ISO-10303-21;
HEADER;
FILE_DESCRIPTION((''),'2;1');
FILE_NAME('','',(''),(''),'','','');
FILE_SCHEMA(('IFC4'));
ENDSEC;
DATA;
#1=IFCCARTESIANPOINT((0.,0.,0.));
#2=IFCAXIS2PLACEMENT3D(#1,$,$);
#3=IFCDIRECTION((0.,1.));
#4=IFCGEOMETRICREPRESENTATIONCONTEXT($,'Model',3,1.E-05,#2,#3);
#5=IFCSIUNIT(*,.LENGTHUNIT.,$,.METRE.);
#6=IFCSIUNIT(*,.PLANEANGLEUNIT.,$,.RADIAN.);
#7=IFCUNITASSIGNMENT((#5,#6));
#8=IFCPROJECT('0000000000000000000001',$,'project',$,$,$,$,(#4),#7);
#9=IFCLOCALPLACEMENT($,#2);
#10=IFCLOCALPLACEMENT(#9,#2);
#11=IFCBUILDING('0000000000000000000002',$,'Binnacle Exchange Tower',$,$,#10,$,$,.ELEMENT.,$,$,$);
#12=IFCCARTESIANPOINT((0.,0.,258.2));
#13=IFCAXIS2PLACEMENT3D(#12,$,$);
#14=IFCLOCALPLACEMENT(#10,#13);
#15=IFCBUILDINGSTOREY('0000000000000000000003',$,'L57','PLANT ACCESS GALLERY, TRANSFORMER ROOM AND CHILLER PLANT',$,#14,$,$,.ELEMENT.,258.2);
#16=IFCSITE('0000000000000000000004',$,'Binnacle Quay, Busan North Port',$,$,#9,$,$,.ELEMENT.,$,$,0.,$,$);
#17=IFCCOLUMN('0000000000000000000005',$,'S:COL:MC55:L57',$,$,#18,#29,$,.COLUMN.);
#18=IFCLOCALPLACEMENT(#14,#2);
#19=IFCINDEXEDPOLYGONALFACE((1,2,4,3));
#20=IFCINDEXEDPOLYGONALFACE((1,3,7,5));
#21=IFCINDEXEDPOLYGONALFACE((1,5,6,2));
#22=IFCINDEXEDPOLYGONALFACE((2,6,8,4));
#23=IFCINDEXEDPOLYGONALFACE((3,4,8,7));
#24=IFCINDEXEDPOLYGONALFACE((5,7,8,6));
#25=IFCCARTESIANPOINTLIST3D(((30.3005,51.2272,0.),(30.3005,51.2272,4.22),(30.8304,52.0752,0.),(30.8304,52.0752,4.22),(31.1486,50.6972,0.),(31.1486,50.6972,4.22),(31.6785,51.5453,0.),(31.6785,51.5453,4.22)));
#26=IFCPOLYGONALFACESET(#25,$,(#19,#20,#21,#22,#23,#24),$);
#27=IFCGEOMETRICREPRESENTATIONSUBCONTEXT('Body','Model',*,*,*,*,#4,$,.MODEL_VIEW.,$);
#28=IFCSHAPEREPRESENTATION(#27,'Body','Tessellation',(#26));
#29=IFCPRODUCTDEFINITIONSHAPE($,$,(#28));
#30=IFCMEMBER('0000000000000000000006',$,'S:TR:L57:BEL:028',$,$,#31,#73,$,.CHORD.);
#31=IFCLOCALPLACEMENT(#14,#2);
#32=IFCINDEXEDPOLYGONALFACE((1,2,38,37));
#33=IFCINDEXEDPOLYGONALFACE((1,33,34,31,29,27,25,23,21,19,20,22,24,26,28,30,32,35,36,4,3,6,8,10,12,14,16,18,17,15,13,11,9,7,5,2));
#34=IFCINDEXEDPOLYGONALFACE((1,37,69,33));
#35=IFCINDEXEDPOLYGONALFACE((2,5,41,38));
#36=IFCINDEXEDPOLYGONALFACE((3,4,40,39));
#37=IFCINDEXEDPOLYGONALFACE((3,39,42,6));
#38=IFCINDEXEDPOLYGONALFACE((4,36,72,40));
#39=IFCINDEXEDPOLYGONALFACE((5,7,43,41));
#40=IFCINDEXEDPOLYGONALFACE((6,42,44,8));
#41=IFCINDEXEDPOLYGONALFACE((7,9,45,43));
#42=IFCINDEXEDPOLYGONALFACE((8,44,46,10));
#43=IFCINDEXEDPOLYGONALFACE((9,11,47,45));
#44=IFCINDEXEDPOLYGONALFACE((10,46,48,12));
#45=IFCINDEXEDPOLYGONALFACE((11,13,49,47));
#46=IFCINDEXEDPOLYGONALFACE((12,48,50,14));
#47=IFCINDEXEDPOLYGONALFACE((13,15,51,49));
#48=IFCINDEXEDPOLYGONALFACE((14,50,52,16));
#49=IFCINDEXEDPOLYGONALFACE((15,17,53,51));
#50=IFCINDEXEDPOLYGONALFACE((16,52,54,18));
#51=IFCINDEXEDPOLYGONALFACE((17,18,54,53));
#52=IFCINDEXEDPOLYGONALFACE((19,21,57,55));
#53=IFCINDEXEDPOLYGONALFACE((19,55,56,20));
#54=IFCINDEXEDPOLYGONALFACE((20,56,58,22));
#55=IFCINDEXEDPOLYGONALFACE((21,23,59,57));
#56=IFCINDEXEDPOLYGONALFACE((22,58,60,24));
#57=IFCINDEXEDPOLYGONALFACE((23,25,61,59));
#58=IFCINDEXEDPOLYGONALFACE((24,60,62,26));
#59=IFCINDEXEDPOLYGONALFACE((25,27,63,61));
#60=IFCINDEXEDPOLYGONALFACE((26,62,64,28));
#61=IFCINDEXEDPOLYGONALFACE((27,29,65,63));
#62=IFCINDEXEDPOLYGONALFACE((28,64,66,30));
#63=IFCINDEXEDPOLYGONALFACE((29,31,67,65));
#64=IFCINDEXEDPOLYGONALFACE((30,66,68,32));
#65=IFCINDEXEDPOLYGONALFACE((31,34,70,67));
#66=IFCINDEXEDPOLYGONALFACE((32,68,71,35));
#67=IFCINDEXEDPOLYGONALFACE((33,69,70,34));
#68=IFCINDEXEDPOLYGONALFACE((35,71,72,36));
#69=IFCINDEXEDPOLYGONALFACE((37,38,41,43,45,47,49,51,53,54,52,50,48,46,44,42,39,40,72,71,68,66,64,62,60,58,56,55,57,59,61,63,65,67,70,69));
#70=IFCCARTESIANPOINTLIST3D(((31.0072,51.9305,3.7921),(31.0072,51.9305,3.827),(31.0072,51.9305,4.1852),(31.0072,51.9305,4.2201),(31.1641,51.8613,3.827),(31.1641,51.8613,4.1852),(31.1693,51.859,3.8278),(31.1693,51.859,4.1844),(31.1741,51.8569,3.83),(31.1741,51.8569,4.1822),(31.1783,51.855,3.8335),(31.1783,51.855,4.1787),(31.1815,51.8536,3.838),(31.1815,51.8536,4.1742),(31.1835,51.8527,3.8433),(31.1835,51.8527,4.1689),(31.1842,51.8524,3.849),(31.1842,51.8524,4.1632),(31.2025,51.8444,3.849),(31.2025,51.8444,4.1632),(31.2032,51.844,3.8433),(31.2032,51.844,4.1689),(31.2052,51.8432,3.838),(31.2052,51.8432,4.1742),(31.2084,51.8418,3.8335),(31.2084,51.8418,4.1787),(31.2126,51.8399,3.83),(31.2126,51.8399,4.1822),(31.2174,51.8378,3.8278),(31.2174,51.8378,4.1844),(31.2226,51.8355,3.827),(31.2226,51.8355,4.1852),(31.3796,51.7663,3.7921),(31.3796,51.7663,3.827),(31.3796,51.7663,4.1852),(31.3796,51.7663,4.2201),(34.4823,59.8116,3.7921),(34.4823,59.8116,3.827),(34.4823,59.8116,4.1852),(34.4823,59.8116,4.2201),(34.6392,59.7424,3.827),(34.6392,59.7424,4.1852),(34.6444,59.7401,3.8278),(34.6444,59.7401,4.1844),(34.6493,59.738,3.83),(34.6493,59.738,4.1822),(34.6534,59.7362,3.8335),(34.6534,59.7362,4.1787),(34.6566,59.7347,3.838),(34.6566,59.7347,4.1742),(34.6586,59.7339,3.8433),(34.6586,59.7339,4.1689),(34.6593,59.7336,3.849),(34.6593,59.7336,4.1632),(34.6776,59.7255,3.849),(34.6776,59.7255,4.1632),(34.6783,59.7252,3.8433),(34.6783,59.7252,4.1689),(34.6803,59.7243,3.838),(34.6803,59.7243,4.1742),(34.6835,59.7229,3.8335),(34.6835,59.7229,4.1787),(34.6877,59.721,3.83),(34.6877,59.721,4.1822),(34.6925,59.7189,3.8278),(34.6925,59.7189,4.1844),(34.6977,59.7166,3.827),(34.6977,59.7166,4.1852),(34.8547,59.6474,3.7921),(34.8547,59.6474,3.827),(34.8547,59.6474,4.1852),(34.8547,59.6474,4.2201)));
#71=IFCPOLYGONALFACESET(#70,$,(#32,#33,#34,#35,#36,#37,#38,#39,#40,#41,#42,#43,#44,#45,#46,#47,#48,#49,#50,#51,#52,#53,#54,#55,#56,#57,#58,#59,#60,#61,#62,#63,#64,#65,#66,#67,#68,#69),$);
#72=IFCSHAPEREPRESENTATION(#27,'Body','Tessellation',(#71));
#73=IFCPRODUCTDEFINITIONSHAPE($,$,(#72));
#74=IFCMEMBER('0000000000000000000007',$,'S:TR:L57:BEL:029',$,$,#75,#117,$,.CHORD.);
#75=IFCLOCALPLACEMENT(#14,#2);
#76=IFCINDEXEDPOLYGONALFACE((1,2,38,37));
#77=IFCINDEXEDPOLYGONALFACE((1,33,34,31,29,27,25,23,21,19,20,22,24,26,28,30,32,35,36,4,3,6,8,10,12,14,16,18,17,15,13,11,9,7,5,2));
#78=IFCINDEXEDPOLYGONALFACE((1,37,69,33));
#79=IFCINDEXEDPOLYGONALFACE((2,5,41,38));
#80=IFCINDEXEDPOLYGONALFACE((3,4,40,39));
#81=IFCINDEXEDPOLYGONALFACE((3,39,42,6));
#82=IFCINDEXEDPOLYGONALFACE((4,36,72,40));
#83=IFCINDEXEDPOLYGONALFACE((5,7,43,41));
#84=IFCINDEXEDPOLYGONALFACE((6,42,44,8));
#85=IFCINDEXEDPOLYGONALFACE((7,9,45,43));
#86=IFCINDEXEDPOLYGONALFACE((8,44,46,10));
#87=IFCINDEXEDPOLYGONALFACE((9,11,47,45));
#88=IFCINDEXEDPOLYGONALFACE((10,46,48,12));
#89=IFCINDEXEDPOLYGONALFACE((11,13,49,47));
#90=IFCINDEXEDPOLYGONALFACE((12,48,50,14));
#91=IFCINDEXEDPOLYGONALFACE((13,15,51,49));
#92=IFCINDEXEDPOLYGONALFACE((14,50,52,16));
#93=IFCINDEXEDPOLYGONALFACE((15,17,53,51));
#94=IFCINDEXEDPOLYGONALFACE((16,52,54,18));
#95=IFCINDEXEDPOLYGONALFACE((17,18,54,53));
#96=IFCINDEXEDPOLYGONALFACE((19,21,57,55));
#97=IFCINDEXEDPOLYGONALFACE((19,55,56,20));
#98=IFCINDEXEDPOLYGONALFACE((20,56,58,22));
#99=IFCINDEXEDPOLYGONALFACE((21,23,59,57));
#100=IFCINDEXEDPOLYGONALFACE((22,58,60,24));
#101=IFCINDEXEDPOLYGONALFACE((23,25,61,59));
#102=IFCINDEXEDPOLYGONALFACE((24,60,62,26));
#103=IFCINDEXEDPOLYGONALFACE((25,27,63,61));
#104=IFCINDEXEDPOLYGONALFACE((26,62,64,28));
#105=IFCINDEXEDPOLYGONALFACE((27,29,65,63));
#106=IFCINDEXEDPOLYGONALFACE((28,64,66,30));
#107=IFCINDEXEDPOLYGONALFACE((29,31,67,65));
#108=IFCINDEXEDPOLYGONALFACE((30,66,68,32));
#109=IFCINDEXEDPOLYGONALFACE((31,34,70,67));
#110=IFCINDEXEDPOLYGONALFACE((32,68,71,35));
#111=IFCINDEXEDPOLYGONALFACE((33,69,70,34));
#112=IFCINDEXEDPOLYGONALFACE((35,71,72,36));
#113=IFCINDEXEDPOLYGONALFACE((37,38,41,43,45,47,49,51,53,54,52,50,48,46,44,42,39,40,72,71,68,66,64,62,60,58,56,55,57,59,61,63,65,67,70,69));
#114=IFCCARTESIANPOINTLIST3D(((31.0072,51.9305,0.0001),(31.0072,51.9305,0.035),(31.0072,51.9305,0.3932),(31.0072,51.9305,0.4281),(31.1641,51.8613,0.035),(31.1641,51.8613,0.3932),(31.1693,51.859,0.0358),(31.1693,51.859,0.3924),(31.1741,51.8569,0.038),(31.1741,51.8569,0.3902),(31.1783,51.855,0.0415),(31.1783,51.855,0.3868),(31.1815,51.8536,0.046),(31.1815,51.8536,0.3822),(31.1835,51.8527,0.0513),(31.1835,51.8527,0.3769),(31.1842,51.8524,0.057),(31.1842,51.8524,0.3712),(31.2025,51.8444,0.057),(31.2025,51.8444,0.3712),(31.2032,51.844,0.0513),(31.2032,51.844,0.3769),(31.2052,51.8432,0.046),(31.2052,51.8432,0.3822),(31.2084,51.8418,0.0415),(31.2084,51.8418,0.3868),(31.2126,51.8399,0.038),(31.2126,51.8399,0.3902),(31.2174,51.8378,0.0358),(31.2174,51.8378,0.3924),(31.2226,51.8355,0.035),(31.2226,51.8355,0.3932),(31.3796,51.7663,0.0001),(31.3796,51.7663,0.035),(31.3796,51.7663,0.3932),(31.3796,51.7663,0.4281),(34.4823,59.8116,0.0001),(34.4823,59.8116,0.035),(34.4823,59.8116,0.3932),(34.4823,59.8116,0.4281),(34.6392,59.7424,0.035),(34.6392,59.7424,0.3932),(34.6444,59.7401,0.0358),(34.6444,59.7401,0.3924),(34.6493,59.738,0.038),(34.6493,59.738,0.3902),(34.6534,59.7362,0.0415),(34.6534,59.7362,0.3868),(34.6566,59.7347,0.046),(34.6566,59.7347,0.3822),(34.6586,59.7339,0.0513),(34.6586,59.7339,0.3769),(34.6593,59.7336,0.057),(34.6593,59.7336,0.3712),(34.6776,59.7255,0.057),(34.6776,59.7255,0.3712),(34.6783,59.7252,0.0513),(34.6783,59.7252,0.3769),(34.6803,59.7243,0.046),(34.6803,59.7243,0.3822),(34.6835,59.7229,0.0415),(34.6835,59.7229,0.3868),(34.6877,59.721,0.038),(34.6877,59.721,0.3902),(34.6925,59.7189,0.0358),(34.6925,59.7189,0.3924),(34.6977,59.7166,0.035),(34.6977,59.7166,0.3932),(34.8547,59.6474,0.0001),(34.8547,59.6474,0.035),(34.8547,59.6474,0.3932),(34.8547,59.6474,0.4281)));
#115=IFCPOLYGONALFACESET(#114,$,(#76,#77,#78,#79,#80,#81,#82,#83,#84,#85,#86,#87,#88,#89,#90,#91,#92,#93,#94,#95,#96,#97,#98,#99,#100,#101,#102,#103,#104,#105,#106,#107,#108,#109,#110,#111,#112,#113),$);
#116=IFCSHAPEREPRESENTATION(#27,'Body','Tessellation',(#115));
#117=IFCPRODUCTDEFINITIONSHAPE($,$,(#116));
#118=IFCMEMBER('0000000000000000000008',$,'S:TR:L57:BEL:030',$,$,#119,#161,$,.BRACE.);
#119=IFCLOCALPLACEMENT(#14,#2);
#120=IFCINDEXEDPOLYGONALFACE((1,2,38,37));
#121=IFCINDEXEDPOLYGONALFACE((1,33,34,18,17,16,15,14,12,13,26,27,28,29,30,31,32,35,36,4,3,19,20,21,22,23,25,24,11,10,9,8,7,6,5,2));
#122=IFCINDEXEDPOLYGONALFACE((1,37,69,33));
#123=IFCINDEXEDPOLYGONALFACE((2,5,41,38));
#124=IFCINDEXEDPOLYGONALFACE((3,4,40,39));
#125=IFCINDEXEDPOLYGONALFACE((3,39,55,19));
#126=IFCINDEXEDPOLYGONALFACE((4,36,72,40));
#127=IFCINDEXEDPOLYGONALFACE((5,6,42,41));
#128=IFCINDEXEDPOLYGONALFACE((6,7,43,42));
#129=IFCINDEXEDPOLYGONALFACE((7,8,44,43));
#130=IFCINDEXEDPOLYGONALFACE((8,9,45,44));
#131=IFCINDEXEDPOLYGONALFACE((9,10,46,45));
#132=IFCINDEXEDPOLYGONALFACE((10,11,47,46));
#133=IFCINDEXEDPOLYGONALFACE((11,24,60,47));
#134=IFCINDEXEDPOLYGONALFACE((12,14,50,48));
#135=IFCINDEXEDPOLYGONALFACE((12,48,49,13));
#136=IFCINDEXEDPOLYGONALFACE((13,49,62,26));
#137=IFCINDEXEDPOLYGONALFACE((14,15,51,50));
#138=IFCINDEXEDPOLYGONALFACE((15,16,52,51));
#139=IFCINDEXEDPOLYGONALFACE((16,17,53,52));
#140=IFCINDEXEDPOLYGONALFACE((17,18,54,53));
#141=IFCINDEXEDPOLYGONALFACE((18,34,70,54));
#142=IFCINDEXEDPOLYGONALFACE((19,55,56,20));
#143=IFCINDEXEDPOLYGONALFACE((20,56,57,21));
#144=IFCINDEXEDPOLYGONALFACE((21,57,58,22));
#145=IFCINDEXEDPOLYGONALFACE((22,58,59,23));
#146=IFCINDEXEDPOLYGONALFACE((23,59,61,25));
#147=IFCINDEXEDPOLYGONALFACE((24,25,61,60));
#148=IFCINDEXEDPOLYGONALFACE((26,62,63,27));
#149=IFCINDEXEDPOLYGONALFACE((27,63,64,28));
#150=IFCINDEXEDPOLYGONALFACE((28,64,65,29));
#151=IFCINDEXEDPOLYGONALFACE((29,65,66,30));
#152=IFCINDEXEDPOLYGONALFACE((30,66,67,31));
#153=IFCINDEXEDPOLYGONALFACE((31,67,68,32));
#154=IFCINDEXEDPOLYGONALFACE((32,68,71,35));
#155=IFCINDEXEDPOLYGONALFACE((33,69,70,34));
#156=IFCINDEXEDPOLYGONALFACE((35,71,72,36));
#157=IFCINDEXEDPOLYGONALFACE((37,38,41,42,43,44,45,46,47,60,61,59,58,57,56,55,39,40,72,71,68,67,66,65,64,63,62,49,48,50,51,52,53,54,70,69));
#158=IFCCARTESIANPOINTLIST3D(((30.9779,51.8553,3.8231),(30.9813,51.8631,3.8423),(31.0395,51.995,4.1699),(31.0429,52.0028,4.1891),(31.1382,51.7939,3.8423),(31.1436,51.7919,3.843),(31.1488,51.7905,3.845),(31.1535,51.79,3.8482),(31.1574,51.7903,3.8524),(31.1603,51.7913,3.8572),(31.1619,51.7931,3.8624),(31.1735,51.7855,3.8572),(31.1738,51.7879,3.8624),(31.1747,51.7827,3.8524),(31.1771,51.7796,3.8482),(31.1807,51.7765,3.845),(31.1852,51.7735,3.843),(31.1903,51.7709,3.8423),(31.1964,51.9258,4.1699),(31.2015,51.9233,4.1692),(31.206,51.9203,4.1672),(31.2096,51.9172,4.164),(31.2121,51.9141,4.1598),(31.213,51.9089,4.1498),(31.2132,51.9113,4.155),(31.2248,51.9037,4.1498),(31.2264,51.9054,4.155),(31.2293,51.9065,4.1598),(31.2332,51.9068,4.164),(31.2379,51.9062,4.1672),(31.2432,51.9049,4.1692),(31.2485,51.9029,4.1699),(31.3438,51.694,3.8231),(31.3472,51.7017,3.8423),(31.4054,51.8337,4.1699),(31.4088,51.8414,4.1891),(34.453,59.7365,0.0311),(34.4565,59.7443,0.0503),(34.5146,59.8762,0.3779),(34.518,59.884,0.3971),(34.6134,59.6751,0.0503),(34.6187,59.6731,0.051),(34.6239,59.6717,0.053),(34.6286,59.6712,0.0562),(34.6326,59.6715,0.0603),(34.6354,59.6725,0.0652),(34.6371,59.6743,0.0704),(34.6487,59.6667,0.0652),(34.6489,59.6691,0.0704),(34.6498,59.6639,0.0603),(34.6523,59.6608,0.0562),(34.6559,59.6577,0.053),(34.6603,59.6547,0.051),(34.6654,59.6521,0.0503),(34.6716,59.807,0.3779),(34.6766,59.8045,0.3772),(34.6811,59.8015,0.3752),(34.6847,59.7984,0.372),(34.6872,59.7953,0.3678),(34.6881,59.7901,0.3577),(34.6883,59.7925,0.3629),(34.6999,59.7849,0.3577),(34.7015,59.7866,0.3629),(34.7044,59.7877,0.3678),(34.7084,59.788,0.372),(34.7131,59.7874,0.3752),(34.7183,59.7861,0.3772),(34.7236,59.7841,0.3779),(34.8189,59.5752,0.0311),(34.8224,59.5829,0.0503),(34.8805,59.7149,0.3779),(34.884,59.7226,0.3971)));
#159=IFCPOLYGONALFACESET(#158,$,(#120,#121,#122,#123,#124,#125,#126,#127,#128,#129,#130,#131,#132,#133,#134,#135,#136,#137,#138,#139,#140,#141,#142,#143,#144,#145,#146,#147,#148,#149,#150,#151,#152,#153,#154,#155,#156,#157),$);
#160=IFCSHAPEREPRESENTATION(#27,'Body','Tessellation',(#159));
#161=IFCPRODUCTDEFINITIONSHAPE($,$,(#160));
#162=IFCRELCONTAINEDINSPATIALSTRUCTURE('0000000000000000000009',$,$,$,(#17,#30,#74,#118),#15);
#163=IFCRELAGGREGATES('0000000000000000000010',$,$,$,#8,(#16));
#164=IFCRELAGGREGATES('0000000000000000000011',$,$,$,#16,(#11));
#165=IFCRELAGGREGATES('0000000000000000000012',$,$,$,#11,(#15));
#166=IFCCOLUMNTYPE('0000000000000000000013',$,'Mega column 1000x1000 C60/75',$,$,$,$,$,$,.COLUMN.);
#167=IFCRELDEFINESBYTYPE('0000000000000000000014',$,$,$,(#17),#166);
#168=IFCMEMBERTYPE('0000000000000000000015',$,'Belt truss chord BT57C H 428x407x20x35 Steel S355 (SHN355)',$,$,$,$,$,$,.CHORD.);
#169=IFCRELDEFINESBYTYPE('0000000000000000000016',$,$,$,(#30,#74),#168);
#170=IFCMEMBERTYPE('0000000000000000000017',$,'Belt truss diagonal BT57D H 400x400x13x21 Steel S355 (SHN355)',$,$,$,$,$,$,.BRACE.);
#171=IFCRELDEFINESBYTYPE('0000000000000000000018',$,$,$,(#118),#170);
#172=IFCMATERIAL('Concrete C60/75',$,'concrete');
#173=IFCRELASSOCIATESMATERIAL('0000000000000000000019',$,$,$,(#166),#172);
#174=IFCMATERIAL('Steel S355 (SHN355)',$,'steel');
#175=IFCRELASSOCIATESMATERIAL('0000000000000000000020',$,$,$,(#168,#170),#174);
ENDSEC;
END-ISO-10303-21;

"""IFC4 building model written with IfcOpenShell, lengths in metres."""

from ifc_helpers import new_model, si_unit, direction, frame, origin, origin_2d, place, context, subcontext, project, spatial, rectangle, i_section, extrude, material, material_profile, profile_set, type_object, element, save


model = new_model("IFC4")

# Units and contexts
model_context = context("Model", 3, precision=1e-05, world=origin(), true_north=direction((0.0, 1.0)))
body_context = subcontext(model_context, "Body", "Model", "MODEL_VIEW")
ifc_project = project(units=[si_unit("LENGTHUNIT", "METRE"), si_unit("PLANEANGLEUNIT", "RADIAN")], contexts=[model_context])

# Site, building, storey
site_placement = place(None, origin())
site = spatial("IfcSite", under=ifc_project, at=site_placement, Name="Binnacle Quay, Busan North Port", CompositionType="ELEMENT", RefElevation=0.0)
building_placement = place(site_placement, origin())
building = spatial("IfcBuilding", under=site, at=building_placement, Name="Binnacle Exchange Tower", CompositionType="ELEMENT")
storey_placement = place(building_placement, frame((0.0, 0.0, 258.2)))
storey = spatial("IfcBuildingStorey", under=building, at=storey_placement, Name="L57", Description="PLANT ACCESS GALLERY, TRANSFORMER ROOM AND CHILLER PLANT", CompositionType="ELEMENT", Elevation=258.2)

# Column
ifc_material_1 = material(Name="Concrete C60/75", Category="concrete")
ifc_material_profile_1 = material_profile(ifc_material_1, rectangle(XDim=1.0, YDim=1.0, at=origin_2d()), Name="Mega column 1000x1000 C60/75")
ifc_profile_set_1 = profile_set([ifc_material_profile_1], Name="Concrete C60/75")
column_type = type_object("IfcColumnType", Name="Mega column 1000x1000 C60/75", PredefinedType="COLUMN", material=ifc_profile_set_1)
column_placement = place(storey_placement, frame((30.9895, 51.3862, 0.0), z_axis=(0.0, 0.0, 1.0), x_axis=(0.529919, 0.848048, 0.0)))
element("IfcColumn", 1, at=column_placement, inside=storey, type_object=column_type, Name="S:COL:MC55:L57", PredefinedType="COLUMN", context=body_context, shape_type="SweptSolid", body=[
    extrude(rectangle(XDim=1.0, YDim=1.0, at=origin_2d()), origin(), (0.0, 0.0, 1.0), 4.22),
])

# Members
ifc_material_2 = material(Name="Steel S355 (SHN355)", Category="steel")
ifc_material_profile_2 = material_profile(ifc_material_2, i_section(OverallWidth=0.407, OverallDepth=0.428, WebThickness=0.02, FlangeThickness=0.0349, FilletRadius=0.022, at=origin_2d()), Name="H 428x407x20x35")
ifc_profile_set_2 = profile_set([ifc_material_profile_2], Name="Steel S355 (SHN355)")
member_type_1 = type_object("IfcMemberType", Name="Belt truss chord BT57C H 428x407x20x35 Steel S355 (SHN355)", PredefinedType="CHORD", material=ifc_profile_set_2)
for number, where, z_axis, x_axis, name in (
    (2, (31.1934, 51.8484, 4.0061), (0.403459, 0.914998, 0.0), (-0.914998, 0.403459, 0.0), "S:TR:L57:BEL:028"),
    (3, (31.1934, 51.8484, 0.2141), (0.403459, 0.914998, 0.0), (-0.914998, 0.403459, 0.0), "S:TR:L57:BEL:029"),
):
    element("IfcMember", number, at=place(storey_placement, frame(where, z_axis=z_axis, x_axis=x_axis)), inside=storey, type_object=member_type_1, Name=name, PredefinedType="CHORD", context=body_context, shape_type="SweptSolid", body=[
        extrude(i_section(OverallWidth=0.407, OverallDepth=0.428, WebThickness=0.02, FlangeThickness=0.0349, FilletRadius=0.022, at=origin_2d()), origin(), (0.0, 0.0, 1.0), 8.6133),
    ])
ifc_material_profile_3 = material_profile(ifc_material_2, i_section(OverallWidth=0.3999, OverallDepth=0.3999, WebThickness=0.0129, FlangeThickness=0.021, FilletRadius=0.022, at=origin_2d()), Name="H 400x400x13x21")
ifc_profile_set_3 = profile_set([ifc_material_profile_3], Name="Steel S355 (SHN355)")
member_type_2 = type_object("IfcMemberType", Name="Belt truss diagonal BT57D H 400x400x13x21 Steel S355 (SHN355)", PredefinedType="BRACE", material=ifc_profile_set_3)
member_1_placement = place(storey_placement, frame((31.1934, 51.8484, 4.0061), z_axis=(0.369258, 0.837433, -0.402931), x_axis=(-0.914998, 0.403459, 0.0)))
element("IfcMember", 4, at=member_1_placement, inside=storey, type_object=member_type_2, Name="S:TR:L57:BEL:030", PredefinedType="BRACE", context=body_context, shape_type="SweptSolid", body=[
    extrude(i_section(OverallWidth=0.3999, OverallDepth=0.3999, WebThickness=0.0129, FlangeThickness=0.021, FilletRadius=0.022, at=origin_2d()), origin(), (0.0, 0.0, 1.0), 9.4111),
])

save(model, "model.ifc")
